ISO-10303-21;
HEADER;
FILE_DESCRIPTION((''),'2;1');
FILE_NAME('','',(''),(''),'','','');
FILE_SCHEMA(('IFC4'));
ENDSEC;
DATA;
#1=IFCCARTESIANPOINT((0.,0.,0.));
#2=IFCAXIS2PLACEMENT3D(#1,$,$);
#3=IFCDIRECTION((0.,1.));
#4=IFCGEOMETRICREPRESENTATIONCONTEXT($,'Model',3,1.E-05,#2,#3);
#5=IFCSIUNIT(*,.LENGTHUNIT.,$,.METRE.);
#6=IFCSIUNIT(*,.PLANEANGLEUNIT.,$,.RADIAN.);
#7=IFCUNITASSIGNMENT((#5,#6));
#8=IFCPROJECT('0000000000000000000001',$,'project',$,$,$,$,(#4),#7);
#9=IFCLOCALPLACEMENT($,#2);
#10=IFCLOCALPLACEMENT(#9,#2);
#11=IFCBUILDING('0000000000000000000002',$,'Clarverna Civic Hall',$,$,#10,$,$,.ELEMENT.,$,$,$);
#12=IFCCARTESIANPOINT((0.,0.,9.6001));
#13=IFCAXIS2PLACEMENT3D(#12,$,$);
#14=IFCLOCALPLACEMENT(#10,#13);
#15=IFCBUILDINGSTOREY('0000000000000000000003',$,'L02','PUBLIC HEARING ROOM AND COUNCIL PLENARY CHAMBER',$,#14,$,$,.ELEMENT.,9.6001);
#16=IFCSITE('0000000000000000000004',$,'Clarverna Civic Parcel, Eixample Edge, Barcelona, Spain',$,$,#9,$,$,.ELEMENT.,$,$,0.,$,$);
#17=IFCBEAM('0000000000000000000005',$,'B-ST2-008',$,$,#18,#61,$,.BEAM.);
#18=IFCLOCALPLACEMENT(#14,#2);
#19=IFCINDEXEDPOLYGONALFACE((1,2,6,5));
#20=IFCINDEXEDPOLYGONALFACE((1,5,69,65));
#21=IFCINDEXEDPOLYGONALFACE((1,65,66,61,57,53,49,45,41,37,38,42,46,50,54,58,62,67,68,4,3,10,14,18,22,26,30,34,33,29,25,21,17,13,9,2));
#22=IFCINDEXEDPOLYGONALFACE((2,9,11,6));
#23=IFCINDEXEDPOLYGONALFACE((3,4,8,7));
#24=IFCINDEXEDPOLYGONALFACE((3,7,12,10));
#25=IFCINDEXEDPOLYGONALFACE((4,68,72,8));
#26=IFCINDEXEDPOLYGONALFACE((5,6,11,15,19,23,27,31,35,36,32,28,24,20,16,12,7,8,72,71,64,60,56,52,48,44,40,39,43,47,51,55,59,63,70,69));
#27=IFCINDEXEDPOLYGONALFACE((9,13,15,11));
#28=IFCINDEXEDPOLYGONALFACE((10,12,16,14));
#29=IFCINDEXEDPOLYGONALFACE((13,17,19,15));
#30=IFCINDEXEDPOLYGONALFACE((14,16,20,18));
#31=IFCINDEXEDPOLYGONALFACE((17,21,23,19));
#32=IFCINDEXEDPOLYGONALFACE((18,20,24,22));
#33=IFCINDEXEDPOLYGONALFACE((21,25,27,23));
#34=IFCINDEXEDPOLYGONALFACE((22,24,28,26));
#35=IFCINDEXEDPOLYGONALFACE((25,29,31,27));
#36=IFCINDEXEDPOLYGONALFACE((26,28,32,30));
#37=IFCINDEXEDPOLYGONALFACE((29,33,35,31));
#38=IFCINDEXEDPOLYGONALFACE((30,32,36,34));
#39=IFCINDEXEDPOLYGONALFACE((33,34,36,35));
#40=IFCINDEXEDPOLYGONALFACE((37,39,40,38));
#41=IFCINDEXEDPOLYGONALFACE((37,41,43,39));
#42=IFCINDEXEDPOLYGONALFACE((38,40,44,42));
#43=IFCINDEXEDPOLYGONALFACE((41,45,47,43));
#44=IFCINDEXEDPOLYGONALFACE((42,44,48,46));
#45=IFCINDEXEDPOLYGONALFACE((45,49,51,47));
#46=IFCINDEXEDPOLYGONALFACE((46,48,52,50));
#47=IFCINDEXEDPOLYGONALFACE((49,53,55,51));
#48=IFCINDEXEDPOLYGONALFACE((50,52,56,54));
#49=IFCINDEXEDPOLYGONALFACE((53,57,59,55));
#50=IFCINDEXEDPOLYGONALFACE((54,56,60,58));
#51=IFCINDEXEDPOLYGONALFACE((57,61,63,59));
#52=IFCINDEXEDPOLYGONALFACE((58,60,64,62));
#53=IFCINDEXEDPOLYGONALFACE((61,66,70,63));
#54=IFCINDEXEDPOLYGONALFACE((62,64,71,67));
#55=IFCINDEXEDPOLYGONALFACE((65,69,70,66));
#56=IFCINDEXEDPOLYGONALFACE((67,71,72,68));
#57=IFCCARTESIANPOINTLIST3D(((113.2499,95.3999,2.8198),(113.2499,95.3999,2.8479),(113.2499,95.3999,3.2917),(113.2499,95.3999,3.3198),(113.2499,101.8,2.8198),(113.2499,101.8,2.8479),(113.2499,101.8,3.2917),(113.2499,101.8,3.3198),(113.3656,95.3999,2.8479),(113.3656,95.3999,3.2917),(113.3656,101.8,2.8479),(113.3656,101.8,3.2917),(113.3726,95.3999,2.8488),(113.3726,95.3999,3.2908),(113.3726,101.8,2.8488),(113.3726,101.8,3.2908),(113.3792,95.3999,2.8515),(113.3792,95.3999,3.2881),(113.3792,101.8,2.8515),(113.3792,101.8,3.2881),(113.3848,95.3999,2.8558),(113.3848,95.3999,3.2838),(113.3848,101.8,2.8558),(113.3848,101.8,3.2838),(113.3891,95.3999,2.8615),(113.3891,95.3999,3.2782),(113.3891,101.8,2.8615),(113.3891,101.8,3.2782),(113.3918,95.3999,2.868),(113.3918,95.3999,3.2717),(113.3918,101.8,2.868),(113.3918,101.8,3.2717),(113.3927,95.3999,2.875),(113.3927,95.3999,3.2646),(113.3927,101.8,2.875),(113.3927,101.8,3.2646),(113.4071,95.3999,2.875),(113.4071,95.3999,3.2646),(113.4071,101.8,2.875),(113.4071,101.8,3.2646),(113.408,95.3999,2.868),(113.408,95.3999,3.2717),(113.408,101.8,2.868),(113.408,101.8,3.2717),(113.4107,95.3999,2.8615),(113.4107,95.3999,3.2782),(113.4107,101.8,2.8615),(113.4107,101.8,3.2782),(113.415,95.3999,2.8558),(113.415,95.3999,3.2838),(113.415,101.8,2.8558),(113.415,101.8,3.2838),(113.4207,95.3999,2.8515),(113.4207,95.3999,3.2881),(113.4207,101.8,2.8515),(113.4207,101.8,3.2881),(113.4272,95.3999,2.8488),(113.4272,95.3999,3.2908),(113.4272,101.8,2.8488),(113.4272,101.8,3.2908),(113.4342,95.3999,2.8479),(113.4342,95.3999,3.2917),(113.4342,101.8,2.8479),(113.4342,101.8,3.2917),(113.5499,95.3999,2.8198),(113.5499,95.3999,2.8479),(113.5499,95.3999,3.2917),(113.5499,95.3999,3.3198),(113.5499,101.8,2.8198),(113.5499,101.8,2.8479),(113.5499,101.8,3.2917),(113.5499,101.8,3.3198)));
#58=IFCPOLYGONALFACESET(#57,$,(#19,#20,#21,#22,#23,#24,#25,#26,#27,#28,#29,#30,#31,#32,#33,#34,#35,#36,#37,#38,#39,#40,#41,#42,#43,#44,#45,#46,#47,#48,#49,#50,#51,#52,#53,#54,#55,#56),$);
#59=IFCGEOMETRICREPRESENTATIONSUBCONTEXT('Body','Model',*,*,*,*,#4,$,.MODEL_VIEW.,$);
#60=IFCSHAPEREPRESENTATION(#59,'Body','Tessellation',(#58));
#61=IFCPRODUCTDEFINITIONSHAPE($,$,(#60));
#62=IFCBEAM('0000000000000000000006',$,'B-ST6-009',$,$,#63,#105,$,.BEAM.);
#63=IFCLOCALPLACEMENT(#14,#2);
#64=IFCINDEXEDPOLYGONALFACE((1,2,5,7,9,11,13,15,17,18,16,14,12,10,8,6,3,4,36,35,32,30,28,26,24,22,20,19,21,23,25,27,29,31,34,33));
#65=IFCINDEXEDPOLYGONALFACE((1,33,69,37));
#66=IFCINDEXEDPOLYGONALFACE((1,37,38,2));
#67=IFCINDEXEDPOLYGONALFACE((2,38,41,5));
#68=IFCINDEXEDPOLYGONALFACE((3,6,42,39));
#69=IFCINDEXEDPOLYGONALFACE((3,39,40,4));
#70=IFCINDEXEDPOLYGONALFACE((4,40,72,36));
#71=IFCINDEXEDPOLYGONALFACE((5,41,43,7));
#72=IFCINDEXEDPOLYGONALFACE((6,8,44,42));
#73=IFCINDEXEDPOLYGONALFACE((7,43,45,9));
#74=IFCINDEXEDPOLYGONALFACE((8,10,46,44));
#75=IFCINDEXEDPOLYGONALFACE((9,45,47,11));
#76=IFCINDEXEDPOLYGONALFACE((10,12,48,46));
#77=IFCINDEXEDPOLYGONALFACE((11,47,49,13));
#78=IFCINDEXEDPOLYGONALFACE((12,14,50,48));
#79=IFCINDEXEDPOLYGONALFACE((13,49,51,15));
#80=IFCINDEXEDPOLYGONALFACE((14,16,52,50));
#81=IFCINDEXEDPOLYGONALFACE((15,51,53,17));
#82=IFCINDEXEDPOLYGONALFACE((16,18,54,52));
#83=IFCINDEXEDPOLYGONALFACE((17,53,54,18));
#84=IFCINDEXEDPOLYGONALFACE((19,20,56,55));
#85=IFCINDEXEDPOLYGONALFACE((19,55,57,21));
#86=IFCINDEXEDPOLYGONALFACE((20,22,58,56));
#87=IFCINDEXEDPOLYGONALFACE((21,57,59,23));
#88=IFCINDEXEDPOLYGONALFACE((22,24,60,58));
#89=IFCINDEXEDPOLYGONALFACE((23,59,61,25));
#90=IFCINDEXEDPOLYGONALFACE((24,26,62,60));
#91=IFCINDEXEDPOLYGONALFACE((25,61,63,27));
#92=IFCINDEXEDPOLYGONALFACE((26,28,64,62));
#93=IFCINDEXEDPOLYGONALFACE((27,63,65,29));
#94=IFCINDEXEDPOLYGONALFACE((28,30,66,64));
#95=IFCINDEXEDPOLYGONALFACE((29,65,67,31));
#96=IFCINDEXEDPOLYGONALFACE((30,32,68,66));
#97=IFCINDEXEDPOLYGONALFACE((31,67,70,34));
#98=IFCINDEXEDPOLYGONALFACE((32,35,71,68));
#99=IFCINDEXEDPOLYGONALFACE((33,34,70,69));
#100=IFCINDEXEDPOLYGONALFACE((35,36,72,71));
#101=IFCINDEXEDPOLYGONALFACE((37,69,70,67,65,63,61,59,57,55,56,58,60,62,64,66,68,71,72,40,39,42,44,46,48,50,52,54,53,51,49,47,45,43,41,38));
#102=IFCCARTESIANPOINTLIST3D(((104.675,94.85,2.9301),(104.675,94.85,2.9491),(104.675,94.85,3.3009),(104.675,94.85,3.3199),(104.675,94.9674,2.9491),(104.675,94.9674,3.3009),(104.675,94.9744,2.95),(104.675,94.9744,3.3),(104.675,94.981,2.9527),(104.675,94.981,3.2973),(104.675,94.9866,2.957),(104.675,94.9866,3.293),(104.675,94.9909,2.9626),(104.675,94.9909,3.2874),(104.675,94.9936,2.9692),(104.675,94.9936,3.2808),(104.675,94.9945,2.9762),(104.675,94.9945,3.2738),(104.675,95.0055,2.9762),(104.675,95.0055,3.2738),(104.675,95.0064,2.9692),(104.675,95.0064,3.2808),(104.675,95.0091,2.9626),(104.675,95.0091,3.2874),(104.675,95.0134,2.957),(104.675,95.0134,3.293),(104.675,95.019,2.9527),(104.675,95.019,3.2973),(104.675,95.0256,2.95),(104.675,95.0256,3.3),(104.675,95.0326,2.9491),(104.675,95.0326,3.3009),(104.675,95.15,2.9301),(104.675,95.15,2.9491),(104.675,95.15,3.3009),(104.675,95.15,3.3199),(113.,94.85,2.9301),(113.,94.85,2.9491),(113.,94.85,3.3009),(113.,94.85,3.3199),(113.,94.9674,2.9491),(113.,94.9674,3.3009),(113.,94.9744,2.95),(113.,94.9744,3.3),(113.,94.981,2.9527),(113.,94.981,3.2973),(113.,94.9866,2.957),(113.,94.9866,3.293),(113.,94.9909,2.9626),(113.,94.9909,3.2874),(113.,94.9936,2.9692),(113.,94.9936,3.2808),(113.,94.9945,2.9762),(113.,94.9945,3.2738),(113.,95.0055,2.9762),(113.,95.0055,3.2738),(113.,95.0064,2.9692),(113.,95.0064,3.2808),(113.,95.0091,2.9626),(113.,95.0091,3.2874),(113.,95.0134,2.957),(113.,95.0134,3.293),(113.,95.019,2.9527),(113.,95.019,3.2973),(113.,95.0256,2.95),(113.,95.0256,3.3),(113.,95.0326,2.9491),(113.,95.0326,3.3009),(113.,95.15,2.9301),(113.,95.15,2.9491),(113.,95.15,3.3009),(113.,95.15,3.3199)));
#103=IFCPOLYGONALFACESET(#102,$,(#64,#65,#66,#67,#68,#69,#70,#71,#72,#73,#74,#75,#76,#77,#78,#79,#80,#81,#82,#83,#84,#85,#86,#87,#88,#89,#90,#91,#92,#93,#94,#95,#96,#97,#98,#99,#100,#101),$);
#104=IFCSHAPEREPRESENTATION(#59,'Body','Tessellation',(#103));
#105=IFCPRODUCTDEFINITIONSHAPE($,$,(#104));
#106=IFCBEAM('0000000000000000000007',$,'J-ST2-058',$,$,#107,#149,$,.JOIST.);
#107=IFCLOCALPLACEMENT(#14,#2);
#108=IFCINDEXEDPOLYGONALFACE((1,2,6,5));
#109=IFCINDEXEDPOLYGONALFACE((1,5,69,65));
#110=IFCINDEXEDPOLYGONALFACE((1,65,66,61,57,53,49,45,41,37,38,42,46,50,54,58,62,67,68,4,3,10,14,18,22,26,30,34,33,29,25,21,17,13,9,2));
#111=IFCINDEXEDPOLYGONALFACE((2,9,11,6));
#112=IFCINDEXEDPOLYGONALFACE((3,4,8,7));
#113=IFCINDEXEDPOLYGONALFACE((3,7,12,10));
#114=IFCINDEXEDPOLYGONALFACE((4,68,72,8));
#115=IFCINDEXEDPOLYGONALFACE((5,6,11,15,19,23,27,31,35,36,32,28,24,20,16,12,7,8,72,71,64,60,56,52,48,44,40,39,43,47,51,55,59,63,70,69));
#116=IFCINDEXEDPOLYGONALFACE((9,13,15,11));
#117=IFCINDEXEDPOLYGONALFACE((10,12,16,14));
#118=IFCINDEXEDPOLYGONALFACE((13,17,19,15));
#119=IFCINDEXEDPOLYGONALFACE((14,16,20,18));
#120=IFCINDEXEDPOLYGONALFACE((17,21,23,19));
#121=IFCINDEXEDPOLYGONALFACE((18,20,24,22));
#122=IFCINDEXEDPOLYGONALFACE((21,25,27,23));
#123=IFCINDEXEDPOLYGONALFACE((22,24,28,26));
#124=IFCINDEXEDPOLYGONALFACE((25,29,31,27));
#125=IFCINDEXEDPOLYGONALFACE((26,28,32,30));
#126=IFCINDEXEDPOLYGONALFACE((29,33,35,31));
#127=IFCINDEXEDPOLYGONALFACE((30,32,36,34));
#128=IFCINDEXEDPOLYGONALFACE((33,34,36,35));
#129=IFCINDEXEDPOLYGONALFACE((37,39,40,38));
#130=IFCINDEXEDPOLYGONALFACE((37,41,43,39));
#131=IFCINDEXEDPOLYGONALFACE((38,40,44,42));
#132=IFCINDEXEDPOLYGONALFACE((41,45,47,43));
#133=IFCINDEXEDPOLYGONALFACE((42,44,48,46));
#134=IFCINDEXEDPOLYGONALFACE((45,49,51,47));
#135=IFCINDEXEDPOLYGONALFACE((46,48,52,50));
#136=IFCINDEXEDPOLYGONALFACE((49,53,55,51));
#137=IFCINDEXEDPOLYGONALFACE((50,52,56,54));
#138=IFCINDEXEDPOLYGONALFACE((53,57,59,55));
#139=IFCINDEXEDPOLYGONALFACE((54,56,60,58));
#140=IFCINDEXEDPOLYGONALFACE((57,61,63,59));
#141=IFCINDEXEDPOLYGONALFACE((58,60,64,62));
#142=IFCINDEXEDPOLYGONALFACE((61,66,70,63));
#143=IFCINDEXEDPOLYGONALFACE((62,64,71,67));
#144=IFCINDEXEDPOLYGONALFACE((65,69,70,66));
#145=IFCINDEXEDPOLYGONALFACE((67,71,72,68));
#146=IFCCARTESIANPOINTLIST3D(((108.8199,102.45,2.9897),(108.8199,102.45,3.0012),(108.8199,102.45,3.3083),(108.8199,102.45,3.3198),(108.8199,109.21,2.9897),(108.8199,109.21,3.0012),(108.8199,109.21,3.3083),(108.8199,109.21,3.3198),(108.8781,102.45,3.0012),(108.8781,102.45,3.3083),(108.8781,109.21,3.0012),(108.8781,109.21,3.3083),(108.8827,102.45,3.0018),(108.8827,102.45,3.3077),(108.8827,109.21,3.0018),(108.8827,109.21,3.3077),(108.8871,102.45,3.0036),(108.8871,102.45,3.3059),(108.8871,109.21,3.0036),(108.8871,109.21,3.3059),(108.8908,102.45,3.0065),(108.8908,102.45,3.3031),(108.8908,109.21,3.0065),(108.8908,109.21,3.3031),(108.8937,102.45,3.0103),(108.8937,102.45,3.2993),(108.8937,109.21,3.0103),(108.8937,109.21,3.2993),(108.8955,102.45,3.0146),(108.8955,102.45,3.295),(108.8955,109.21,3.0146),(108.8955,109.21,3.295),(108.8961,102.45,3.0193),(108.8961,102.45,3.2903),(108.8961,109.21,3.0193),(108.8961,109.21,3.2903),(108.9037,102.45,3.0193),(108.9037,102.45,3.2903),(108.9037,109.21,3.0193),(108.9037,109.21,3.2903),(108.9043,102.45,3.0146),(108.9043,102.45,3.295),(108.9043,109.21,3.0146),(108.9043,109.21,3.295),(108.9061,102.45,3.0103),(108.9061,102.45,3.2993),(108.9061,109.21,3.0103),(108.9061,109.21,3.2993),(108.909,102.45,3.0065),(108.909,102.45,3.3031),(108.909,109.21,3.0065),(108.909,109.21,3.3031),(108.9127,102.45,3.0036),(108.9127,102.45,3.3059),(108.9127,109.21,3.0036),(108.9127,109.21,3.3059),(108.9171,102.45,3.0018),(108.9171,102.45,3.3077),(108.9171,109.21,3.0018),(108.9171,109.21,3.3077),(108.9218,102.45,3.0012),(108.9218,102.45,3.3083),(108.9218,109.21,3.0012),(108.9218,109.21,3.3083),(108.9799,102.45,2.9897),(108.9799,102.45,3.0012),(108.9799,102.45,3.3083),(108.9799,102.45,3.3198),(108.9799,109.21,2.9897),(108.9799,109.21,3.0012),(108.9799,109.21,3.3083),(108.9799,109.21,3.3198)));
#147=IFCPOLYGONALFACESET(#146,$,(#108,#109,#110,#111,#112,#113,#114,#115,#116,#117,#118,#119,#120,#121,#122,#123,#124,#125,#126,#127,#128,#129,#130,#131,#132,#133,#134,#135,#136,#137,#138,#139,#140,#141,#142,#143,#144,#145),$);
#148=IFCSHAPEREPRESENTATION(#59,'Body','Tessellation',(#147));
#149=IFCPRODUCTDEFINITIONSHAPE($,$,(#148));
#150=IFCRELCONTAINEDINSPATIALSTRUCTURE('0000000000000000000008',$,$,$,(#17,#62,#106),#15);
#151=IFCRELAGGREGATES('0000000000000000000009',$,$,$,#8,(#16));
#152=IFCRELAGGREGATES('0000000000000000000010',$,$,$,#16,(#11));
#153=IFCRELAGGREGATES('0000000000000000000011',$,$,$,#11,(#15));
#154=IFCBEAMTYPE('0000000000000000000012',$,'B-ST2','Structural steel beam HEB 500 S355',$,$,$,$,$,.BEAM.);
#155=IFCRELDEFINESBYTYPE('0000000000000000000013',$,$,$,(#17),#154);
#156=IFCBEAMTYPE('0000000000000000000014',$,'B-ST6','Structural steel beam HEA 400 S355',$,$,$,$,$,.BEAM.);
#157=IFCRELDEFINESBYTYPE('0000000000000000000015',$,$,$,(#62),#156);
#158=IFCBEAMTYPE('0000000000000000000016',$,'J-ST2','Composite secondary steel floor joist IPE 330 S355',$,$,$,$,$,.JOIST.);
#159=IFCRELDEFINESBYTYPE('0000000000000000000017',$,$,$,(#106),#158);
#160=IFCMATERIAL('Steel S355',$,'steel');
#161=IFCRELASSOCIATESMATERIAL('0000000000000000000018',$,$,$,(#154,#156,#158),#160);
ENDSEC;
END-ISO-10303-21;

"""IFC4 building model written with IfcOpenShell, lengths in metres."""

from ifc_helpers import new_model, si_unit, direction, frame, origin, origin_2d, place, context, subcontext, project, spatial, i_section, extrude, material, material_profile, profile_set, type_object, element, save


model = new_model("IFC4")

# Units and contexts
model_context = context("Model", 3, precision=1e-05, world=origin(), true_north=direction((0.0, 1.0)))
body_context = subcontext(model_context, "Body", "Model", "MODEL_VIEW")
ifc_project = project(units=[si_unit("LENGTHUNIT", "METRE"), si_unit("PLANEANGLEUNIT", "RADIAN")], contexts=[model_context])

# Site, building, storey
site_placement = place(None, origin())
site = spatial("IfcSite", under=ifc_project, at=site_placement, Name="Clarverna Civic Parcel, Eixample Edge, Barcelona, Spain", CompositionType="ELEMENT", RefElevation=0.0)
building_placement = place(site_placement, origin())
building = spatial("IfcBuilding", under=site, at=building_placement, Name="Clarverna Civic Hall", CompositionType="ELEMENT")
storey_placement = place(building_placement, frame((0.0, 0.0, 9.6001)))
storey = spatial("IfcBuildingStorey", under=building, at=storey_placement, Name="L02", Description="PUBLIC HEARING ROOM AND COUNCIL PLENARY CHAMBER", CompositionType="ELEMENT", Elevation=9.6001)

# Beams
ifc_material_1 = material(Name="Steel S355", Category="steel")
ifc_material_profile_1 = material_profile(ifc_material_1, i_section(OverallWidth=0.3, OverallDepth=0.5, WebThickness=0.0144, FlangeThickness=0.0281, FilletRadius=0.0271, at=origin_2d()), Name="HEB 500")
ifc_profile_set_1 = profile_set([ifc_material_profile_1], Name="Steel S355")
beam_type_1 = type_object("IfcBeamType", Name="B-ST2", Description="Structural steel beam HEB 500 S355", PredefinedType="BEAM", material=ifc_profile_set_1)
beam_1_placement = place(storey_placement, frame((113.3999, 95.3999, 3.0698), z_axis=(0.0, 1.0, 0.0), x_axis=(-1.0, 0.0, 0.0)))
element("IfcBeam", 1, at=beam_1_placement, inside=storey, type_object=beam_type_1, Name="B-ST2-008", PredefinedType="BEAM", context=body_context, shape_type="SweptSolid", body=[
    extrude(i_section(OverallWidth=0.3, OverallDepth=0.5, WebThickness=0.0144, FlangeThickness=0.0281, FilletRadius=0.0271, at=origin_2d()), origin(), (0.0, 0.0, 1.0), 6.4001),
])
ifc_material_profile_2 = material_profile(ifc_material_1, i_section(OverallWidth=0.3, OverallDepth=0.3899, WebThickness=0.011, FlangeThickness=0.019, FilletRadius=0.0271, at=origin_2d()), Name="HEA 400")
ifc_profile_set_2 = profile_set([ifc_material_profile_2], Name="Steel S355")
beam_type_2 = type_object("IfcBeamType", Name="B-ST6", Description="Structural steel beam HEA 400 S355", PredefinedType="BEAM", material=ifc_profile_set_2)
beam_2_placement = place(storey_placement, frame((104.675, 95.0, 3.125), z_axis=(1.0, 0.0, 0.0), x_axis=(0.0, 1.0, 0.0)))
element("IfcBeam", 2, at=beam_2_placement, inside=storey, type_object=beam_type_2, Name="B-ST6-009", PredefinedType="BEAM", context=body_context, shape_type="SweptSolid", body=[
    extrude(i_section(OverallWidth=0.3, OverallDepth=0.3899, WebThickness=0.011, FlangeThickness=0.019, FilletRadius=0.0271, at=origin_2d()), origin(), (0.0, 0.0, 1.0), 8.325),
])
ifc_material_profile_3 = material_profile(ifc_material_1, i_section(OverallWidth=0.1599, OverallDepth=0.3301, WebThickness=0.0076, FlangeThickness=0.0115, FilletRadius=0.0181, at=origin_2d()), Name="IPE 330")
ifc_profile_set_3 = profile_set([ifc_material_profile_3], Name="Steel S355")
beam_type_3 = type_object("IfcBeamType", Name="J-ST2", Description="Composite secondary steel floor joist IPE 330 S355", PredefinedType="JOIST", material=ifc_profile_set_3)
beam_3_placement = place(storey_placement, frame((108.8999, 102.45, 3.1548), z_axis=(0.0, 1.0, 0.0), x_axis=(-1.0, 0.0, 0.0)))
element("IfcBeam", 3, at=beam_3_placement, inside=storey, type_object=beam_type_3, Name="J-ST2-058", PredefinedType="JOIST", context=body_context, shape_type="SweptSolid", body=[
    extrude(i_section(OverallWidth=0.1599, OverallDepth=0.3301, WebThickness=0.0076, FlangeThickness=0.0115, FilletRadius=0.0181, at=origin_2d()), origin(), (0.0, 0.0, 1.0), 6.76),
])

save(model, "model.ifc")
